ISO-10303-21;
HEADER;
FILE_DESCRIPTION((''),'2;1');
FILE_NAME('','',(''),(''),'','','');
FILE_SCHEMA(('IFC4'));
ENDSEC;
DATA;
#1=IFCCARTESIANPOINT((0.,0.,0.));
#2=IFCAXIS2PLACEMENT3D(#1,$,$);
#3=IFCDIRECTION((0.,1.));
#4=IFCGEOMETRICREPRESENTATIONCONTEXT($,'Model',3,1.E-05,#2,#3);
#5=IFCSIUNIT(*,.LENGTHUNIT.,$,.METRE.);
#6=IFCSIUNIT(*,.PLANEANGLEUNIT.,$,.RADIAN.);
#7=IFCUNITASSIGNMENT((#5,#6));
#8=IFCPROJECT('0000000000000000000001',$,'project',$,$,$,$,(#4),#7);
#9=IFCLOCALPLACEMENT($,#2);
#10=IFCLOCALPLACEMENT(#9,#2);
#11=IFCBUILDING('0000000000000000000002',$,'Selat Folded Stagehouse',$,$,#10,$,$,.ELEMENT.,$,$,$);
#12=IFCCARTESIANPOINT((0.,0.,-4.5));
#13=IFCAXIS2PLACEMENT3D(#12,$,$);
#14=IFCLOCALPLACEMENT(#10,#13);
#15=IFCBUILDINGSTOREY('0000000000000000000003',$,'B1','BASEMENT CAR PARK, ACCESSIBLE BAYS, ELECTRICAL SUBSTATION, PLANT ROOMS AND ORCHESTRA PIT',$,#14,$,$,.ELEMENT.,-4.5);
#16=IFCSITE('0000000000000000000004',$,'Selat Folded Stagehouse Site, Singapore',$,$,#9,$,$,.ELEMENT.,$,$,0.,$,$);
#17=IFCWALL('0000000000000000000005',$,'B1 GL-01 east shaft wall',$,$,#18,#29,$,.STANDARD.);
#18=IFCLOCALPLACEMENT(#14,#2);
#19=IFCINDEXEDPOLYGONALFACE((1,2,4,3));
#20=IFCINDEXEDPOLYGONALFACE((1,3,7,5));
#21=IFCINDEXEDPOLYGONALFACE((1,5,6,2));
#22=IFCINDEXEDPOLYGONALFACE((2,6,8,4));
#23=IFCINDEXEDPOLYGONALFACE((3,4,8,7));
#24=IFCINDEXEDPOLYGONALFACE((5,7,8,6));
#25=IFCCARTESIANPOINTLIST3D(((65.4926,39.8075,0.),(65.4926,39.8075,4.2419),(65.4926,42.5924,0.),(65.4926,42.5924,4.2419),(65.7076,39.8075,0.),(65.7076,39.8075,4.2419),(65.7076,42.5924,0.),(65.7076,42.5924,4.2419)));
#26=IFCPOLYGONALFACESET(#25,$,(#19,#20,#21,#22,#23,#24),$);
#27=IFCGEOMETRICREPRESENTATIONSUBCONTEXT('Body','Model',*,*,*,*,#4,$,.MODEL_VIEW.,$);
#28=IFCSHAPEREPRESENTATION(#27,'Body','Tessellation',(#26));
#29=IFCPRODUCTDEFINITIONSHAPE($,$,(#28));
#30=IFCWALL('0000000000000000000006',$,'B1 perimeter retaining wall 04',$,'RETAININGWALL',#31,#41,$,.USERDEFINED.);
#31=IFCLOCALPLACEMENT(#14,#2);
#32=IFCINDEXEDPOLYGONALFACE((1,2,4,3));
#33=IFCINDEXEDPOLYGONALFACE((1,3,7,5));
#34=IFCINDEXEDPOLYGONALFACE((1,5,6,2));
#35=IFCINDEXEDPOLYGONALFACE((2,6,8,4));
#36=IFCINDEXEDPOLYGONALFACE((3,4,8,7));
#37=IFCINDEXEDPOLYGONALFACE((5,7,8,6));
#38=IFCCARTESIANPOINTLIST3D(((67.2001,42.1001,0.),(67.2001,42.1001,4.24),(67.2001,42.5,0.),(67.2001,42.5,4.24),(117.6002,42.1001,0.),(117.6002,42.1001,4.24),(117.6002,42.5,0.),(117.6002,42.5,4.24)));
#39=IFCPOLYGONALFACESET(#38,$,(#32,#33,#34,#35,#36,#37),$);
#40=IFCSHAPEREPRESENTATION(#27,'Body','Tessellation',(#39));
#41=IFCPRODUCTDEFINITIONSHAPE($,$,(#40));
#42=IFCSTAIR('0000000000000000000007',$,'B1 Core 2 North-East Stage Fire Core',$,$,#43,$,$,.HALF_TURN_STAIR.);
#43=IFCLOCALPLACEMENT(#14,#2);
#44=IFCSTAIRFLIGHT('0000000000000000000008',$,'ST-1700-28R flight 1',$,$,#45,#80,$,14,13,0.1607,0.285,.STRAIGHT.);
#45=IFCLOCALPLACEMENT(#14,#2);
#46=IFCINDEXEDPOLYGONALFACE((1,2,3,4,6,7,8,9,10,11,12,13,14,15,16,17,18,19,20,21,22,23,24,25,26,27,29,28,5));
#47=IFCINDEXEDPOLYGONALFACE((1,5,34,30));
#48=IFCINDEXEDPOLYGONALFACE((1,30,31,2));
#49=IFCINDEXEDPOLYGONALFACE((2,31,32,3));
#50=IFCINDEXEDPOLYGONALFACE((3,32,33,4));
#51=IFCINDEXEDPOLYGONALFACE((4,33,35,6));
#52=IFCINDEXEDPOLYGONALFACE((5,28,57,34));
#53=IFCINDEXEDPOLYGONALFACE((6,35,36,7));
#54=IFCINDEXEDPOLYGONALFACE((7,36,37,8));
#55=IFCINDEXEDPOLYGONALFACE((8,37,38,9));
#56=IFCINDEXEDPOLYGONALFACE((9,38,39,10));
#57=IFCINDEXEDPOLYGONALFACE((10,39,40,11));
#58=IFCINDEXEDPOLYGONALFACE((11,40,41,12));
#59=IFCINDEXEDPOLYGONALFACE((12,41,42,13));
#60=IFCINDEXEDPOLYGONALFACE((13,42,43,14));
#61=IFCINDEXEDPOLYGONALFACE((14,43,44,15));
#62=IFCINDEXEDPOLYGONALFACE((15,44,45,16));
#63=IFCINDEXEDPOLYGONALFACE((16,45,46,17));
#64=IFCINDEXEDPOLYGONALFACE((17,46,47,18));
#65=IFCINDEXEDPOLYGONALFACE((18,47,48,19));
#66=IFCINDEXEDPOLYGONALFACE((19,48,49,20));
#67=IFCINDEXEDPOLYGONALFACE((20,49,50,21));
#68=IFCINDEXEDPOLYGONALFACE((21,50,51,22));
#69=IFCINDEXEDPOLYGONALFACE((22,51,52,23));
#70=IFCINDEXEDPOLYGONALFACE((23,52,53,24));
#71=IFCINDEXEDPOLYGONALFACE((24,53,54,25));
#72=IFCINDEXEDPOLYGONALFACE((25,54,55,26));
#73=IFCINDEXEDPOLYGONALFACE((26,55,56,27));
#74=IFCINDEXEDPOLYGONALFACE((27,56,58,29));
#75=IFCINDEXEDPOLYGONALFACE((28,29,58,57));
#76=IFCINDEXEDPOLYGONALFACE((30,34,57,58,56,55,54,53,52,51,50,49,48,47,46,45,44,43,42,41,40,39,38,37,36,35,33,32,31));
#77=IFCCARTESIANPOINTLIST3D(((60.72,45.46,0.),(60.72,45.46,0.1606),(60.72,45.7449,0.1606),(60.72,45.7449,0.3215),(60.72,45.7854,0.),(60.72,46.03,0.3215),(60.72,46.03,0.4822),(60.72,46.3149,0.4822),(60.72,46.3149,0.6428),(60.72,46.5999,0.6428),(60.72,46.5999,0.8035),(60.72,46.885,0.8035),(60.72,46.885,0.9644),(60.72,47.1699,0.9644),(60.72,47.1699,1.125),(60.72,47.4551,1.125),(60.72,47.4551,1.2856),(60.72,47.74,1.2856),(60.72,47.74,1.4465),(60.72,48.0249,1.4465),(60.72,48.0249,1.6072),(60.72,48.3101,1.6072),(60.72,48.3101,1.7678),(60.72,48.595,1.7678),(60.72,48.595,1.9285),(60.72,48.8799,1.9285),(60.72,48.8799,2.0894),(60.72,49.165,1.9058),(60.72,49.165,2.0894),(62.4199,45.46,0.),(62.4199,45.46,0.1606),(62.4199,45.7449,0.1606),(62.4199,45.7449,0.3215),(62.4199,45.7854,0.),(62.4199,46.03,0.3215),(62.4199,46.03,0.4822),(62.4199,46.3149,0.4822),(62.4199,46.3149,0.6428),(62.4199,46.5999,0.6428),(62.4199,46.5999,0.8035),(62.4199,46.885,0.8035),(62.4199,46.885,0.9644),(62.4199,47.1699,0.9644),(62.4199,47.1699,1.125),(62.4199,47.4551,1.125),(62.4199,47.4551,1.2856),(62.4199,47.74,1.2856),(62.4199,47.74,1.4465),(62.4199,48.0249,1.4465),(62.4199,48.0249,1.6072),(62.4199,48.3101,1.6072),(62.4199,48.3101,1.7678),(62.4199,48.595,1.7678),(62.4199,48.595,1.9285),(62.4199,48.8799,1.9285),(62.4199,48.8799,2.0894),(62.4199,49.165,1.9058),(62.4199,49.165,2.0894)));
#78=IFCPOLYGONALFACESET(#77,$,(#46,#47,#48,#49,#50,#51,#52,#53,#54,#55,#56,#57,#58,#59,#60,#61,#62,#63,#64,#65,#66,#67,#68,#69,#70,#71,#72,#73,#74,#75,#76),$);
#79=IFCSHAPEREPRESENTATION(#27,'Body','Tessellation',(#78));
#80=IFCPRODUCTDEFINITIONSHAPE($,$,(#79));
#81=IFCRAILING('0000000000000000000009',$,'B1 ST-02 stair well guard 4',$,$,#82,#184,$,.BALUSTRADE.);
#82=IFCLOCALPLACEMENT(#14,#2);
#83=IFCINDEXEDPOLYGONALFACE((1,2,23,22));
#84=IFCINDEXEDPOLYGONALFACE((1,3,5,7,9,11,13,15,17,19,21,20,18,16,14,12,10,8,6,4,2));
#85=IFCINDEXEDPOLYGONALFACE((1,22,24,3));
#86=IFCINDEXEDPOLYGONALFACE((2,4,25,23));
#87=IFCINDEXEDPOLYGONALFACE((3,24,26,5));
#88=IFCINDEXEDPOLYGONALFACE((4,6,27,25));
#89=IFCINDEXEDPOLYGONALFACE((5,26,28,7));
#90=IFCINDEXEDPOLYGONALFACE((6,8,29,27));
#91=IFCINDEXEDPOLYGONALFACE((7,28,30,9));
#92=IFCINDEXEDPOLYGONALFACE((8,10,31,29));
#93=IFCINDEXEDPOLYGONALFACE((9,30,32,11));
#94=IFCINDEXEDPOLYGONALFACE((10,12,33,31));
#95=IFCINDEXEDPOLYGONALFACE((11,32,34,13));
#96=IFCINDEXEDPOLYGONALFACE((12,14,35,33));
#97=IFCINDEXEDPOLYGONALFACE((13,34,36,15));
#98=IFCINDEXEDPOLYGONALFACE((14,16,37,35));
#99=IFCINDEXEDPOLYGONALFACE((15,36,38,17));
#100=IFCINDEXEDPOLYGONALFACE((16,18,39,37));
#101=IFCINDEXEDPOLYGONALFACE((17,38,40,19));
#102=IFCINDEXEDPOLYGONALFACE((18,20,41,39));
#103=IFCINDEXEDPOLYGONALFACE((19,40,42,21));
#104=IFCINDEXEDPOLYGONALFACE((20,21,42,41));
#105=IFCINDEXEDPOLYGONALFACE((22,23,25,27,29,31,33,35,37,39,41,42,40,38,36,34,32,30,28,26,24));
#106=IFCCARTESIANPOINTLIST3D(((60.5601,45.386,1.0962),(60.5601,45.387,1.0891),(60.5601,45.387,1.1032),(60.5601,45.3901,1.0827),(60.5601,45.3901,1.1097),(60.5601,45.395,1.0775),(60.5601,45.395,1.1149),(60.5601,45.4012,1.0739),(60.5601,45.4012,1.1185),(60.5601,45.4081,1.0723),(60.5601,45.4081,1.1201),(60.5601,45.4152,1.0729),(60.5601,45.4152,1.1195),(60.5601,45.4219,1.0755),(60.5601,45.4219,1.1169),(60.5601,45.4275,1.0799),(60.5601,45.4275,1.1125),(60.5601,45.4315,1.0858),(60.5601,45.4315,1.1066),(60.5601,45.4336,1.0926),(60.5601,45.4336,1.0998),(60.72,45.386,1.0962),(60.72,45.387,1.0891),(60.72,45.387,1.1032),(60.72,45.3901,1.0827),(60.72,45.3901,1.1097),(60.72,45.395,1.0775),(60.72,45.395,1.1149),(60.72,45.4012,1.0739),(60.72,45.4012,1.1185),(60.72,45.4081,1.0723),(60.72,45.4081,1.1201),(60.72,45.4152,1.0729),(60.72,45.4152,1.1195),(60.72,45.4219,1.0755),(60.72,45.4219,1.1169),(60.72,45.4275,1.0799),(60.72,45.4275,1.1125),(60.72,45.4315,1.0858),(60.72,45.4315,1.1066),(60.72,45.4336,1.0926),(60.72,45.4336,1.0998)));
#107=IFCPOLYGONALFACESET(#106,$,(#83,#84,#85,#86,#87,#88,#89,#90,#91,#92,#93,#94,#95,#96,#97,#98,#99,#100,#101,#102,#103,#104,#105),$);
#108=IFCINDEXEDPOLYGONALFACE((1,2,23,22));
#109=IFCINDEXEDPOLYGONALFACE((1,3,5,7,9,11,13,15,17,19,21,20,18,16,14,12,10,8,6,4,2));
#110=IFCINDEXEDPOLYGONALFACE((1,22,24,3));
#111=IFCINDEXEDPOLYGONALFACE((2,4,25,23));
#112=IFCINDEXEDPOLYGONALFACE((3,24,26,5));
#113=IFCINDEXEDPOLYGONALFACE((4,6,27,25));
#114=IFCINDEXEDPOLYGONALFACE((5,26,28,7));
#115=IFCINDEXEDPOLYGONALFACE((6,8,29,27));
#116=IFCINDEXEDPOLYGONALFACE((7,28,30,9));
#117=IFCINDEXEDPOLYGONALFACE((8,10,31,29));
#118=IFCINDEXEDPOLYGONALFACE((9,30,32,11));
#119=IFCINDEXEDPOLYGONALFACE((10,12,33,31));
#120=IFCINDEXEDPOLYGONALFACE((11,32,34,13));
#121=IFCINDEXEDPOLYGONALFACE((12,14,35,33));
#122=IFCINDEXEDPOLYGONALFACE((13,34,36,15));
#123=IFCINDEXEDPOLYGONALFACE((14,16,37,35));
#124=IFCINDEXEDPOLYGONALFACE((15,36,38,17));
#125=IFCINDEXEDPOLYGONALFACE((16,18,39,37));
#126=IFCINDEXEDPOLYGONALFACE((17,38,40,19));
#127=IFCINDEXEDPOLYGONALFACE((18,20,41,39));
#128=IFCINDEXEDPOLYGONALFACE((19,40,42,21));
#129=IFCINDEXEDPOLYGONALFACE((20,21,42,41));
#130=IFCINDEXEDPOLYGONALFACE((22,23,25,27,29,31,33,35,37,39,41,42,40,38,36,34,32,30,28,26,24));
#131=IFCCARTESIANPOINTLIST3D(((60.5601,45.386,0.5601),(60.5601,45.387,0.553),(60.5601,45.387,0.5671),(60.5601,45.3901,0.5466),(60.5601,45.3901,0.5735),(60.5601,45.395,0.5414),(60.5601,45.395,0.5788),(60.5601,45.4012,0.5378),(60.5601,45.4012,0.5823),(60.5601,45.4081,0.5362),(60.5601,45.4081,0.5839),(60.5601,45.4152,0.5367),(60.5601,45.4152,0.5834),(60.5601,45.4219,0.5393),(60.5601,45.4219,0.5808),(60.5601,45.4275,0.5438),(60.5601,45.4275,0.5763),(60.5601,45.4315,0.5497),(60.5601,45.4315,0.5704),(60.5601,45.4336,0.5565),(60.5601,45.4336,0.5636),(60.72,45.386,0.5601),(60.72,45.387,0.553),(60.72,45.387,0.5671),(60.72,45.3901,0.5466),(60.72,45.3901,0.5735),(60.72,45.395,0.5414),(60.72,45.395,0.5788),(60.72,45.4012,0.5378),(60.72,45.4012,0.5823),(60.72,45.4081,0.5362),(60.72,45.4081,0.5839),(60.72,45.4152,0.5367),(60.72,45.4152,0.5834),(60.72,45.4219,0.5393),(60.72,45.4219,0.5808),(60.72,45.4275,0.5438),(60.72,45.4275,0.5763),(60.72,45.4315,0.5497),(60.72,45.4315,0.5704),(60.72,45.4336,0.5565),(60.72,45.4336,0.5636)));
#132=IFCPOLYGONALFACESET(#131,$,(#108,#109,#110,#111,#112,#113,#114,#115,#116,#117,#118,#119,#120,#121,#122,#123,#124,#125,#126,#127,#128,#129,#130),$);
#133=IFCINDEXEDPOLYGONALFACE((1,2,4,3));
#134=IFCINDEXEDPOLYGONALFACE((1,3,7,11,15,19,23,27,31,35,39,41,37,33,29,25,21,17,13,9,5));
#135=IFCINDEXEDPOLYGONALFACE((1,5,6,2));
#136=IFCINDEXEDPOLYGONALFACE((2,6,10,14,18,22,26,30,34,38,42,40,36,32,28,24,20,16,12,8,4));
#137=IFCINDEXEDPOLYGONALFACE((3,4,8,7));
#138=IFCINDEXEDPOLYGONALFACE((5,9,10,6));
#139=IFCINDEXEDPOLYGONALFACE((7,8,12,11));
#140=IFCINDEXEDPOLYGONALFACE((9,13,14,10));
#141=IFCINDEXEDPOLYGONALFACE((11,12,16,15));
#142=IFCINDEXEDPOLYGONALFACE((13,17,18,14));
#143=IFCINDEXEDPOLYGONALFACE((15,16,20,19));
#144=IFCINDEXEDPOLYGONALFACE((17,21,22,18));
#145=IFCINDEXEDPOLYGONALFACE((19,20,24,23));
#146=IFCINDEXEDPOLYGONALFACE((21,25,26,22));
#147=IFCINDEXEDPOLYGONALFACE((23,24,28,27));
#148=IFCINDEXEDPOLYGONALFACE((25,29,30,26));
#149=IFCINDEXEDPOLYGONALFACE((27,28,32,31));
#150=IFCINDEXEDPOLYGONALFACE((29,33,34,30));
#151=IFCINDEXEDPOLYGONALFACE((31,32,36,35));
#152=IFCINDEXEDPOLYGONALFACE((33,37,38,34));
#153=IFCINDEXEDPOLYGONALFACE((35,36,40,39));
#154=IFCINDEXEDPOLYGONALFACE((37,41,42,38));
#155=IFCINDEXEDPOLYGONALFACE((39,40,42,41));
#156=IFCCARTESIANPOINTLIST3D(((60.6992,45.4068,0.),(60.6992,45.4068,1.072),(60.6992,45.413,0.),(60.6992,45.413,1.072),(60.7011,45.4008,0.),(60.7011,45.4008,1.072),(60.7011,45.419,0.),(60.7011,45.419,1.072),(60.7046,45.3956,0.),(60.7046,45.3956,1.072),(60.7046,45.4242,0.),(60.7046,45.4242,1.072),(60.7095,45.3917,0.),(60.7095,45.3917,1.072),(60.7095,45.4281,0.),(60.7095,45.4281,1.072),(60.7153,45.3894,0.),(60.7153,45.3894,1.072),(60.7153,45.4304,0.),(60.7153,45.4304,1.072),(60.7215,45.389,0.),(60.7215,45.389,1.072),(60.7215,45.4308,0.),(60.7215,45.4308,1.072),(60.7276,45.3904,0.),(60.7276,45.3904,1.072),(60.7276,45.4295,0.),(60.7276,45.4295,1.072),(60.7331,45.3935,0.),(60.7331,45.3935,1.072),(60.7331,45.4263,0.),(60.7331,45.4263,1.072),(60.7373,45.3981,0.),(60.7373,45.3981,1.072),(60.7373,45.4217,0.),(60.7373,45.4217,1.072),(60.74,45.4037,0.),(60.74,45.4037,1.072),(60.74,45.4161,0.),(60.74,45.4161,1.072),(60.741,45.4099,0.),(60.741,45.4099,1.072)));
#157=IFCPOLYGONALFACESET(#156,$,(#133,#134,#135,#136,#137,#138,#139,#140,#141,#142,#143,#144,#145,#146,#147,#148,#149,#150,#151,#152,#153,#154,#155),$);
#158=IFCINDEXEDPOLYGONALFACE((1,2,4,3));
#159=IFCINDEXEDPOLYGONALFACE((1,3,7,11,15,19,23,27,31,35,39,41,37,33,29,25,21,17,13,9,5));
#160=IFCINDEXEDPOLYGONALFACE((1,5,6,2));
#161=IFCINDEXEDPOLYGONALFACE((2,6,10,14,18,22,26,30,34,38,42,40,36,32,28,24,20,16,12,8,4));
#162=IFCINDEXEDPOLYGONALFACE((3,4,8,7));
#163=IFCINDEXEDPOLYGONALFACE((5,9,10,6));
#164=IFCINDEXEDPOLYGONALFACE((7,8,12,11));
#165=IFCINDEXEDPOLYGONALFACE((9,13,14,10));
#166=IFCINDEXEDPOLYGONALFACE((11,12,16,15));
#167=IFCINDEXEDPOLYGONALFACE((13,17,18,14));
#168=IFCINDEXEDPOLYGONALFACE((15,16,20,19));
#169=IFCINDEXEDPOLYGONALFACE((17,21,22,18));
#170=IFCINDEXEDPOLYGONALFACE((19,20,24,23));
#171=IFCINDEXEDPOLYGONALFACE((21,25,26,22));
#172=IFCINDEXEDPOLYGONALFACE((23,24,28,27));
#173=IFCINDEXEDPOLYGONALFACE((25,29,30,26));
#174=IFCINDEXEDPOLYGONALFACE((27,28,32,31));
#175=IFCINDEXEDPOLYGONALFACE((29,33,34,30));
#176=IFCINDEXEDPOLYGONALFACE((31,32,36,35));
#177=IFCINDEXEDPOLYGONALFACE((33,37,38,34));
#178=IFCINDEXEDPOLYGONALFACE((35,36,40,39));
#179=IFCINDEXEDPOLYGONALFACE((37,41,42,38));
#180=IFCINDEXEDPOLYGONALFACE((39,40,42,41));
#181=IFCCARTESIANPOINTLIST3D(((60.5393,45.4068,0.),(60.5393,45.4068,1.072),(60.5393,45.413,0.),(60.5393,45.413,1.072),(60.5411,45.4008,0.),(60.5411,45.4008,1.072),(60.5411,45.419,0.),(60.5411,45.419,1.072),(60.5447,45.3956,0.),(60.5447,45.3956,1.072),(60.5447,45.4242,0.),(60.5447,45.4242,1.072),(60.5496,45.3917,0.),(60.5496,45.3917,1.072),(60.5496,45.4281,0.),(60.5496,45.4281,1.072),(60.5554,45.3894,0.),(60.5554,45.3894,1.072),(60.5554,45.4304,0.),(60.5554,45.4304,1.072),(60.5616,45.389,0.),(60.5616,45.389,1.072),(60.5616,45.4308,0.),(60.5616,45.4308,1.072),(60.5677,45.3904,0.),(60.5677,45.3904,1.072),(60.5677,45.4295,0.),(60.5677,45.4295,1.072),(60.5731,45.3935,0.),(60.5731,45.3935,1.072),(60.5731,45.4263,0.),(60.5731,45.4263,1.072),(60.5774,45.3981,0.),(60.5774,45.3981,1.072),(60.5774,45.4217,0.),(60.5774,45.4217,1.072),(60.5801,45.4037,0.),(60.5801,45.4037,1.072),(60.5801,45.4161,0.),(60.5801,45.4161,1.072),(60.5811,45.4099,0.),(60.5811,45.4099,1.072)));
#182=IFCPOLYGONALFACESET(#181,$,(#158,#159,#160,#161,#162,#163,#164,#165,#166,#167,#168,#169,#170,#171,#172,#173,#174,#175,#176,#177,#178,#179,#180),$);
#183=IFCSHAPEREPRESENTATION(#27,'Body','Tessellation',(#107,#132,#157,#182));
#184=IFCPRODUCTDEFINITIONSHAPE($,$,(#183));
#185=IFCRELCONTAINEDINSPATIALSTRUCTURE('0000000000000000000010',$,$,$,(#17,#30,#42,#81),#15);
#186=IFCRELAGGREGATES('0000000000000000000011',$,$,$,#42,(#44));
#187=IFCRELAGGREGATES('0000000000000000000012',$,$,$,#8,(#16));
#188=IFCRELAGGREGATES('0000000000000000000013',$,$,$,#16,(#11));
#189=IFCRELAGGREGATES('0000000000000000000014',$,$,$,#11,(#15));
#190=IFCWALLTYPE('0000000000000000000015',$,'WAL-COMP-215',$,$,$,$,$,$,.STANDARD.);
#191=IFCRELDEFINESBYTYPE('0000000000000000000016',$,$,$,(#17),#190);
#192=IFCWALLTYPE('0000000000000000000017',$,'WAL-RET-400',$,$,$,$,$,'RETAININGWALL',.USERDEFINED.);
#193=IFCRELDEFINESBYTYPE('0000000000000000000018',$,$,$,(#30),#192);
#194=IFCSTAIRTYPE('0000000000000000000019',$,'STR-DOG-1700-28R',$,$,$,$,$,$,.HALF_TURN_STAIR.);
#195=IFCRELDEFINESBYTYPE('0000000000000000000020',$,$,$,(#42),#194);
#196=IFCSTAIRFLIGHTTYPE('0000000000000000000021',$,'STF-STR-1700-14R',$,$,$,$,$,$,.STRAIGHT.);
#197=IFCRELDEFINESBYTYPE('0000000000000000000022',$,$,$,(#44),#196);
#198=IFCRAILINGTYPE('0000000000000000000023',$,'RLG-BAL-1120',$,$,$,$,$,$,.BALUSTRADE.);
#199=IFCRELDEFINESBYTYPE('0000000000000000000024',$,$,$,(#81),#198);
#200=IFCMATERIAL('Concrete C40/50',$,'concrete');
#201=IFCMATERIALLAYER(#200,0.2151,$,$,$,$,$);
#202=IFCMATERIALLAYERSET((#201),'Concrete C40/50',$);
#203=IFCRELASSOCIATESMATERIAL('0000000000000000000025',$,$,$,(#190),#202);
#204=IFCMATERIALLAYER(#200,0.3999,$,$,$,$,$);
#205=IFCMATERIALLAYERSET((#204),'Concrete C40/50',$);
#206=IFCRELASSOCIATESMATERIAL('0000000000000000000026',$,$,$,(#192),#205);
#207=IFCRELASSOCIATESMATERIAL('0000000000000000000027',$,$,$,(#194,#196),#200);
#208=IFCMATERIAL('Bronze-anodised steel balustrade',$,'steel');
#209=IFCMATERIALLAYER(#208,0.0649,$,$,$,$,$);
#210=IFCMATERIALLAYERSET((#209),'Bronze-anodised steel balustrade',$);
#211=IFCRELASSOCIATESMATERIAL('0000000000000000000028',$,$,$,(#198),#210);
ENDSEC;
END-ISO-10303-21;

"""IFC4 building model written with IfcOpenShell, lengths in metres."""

from ifc_helpers import new_model, si_unit, direction, frame, frame_2d, origin, origin_2d, place, context, subcontext, project, spatial, polyline, rectangle, circle, outline, extrude, material, layer, layer_set, type_object, element, aggregate, save


model = new_model("IFC4")

# Units and contexts
model_context = context("Model", 3, precision=1e-05, world=origin(), true_north=direction((0.0, 1.0)))
body_context = subcontext(model_context, "Body", "Model", "MODEL_VIEW")
ifc_project = project(units=[si_unit("LENGTHUNIT", "METRE"), si_unit("PLANEANGLEUNIT", "RADIAN")], contexts=[model_context])

# Site, building, storey
site_placement = place(None, origin())
site = spatial("IfcSite", under=ifc_project, at=site_placement, Name="Selat Folded Stagehouse Site, Singapore", CompositionType="ELEMENT", RefElevation=0.0)
building_placement = place(site_placement, origin())
building = spatial("IfcBuilding", under=site, at=building_placement, Name="Selat Folded Stagehouse", CompositionType="ELEMENT")
storey_placement = place(building_placement, frame((0.0, 0.0, -4.5)))
storey = spatial("IfcBuildingStorey", under=building, at=storey_placement, Name="B1", Description="BASEMENT CAR PARK, ACCESSIBLE BAYS, ELECTRICAL SUBSTATION, PLANT ROOMS AND ORCHESTRA PIT", CompositionType="ELEMENT", Elevation=-4.5)

# Shared definitions
ifc_material_1 = material(Name="Concrete C40/50", Category="concrete")

# Shared definitions
ifc_layer_1 = layer(ifc_material_1, 0.2151)
ifc_layer_set_1 = layer_set([ifc_layer_1], Name="Concrete C40/50")
wall_type_1 = type_object("IfcWallType", Name="WAL-COMP-215", PredefinedType="STANDARD", material=ifc_layer_set_1)

# Walls
wall_1_placement = place(storey_placement, frame((65.6001, 42.5925, 0.0), z_axis=(0.0, 0.0, 1.0), x_axis=(0.0, -1.0, 0.0)))
element("IfcWall", 1, at=wall_1_placement, inside=storey, type_object=wall_type_1, Name="B1 GL-01 east shaft wall", PredefinedType="STANDARD", context=body_context, shape_type="SweptSolid", body=[
    extrude(rectangle(XDim=2.7849, YDim=0.2151, at=frame_2d((1.3926, 0.0))), origin(), (0.0, 0.0, 1.0), 4.2419),
])
ifc_layer_2 = layer(ifc_material_1, 0.3999)
ifc_layer_set_2 = layer_set([ifc_layer_2], Name="Concrete C40/50")
wall_type_2 = type_object("IfcWallType", Name="WAL-RET-400", ElementType="RETAININGWALL", PredefinedType="USERDEFINED", material=ifc_layer_set_2)
wall_2_placement = place(storey_placement, frame((67.2, 42.3, 0.0), z_axis=(0.0, 0.0, 1.0), x_axis=(1.0, 0.0, 0.0)))
element("IfcWall", 2, at=wall_2_placement, inside=storey, type_object=wall_type_2, Name="B1 perimeter retaining wall 04", ObjectType="RETAININGWALL", PredefinedType="USERDEFINED", context=body_context, shape_type="SweptSolid", body=[
    extrude(rectangle(XDim=50.4001, YDim=0.3999, at=frame_2d((25.2002, 0.0))), origin(), (0.0, 0.0, 1.0), 4.24),
])

# Stair, stair flight
stair_type = type_object("IfcStairType", Name="STR-DOG-1700-28R", PredefinedType="HALF_TURN_STAIR", material=ifc_material_1)
stair_placement = place(storey_placement, origin())
stair = element("IfcStair", 3, at=stair_placement, inside=storey, type_object=stair_type, Name="B1 Core 2 North-East Stage Fire Core", PredefinedType="HALF_TURN_STAIR")
stair_flight_type = type_object("IfcStairFlightType", Name="STF-STR-1700-14R", PredefinedType="STRAIGHT", material=ifc_material_1)
stair_flight_placement = place(storey_placement, frame((61.5701, 45.46, 0.0), z_axis=(0.0, 0.0, 1.0), x_axis=(0.0, 1.0, 0.0)))
stair_flight = element("IfcStairFlight", 4, at=stair_flight_placement, type_object=stair_flight_type, Name="ST-1700-28R flight 1", NumberOfRisers=14, NumberOfTreads=13, PredefinedType="STRAIGHT", RiserHeight=0.1607, TreadLength=0.285, context=body_context, shape_type="SweptSolid", body=[
    extrude(outline(polyline([(0.0, 0.0), (0.0, 0.1606), (0.2849, 0.1606), (0.2849, 0.3215), (0.5701, 0.3215), (0.5701, 0.4822), (0.855, 0.4822), (0.855, 0.6428), (1.1399, 0.6428), (1.1399, 0.8035), (1.425, 0.8035), (1.425, 0.9644), (1.71, 0.9644), (1.71, 1.125), (1.9951, 1.125), (1.9951, 1.2856), (2.28, 1.2856), (2.28, 1.4465), (2.5649, 1.4465), (2.5649, 1.6072), (2.8501, 1.6072), (2.8501, 1.7678), (3.135, 1.7678), (3.135, 1.9285), (3.4199, 1.9285), (3.4199, 2.0894), (3.7051, 2.0894), (3.7051, 2.25), (3.7051, 1.9058), (0.3254, 0.0), (0.0, 0.0)])), frame((0.0, 0.8501, 0.0), z_axis=(0.0, -1.0, 0.0), x_axis=(1.0, 0.0, 0.0)), (0.0, 0.0, 1.0), 1.7),
])
aggregate(stair, [stair_flight])

# Railing
ifc_material_2 = material(Name="Bronze-anodised steel balustrade", Category="steel")
ifc_layer_3 = layer(ifc_material_2, 0.0649)
ifc_layer_set_3 = layer_set([ifc_layer_3], Name="Bronze-anodised steel balustrade")
railing_type_1 = type_object("IfcRailingType", Name="RLG-BAL-1120", PredefinedType="BALUSTRADE", material=ifc_layer_set_3)
railing_1_placement = place(storey_placement, frame((60.72, 45.4099, 0.0)))
element("IfcRailing", 5, at=railing_1_placement, inside=storey, type_object=railing_type_1, Name="B1 ST-02 stair well guard 4", PredefinedType="BALUSTRADE", context=body_context, shape_type="SweptSolid", body=[
    extrude(circle(Radius=0.0239, at=origin_2d()), frame((0.0, 0.0, 1.0962), z_axis=(-1.0, 0.0, 0.0), x_axis=(0.0, -1.0, 0.0)), (0.0, 0.0, 1.0), 0.1599),
    extrude(circle(Radius=0.0239, at=origin_2d()), frame((0.0, 0.0, 0.5601), z_axis=(-1.0, 0.0, 0.0), x_axis=(0.0, -1.0, 0.0)), (0.0, 0.0, 1.0), 0.1599),
    extrude(circle(Radius=0.021, at=origin_2d()), origin(), (0.0, 0.0, 1.0), 1.072),
    extrude(circle(Radius=0.021, at=origin_2d()), frame((-0.1599, 0.0, 0.0)), (0.0, 0.0, 1.0), 1.072),
])

save(model, "model.ifc")
